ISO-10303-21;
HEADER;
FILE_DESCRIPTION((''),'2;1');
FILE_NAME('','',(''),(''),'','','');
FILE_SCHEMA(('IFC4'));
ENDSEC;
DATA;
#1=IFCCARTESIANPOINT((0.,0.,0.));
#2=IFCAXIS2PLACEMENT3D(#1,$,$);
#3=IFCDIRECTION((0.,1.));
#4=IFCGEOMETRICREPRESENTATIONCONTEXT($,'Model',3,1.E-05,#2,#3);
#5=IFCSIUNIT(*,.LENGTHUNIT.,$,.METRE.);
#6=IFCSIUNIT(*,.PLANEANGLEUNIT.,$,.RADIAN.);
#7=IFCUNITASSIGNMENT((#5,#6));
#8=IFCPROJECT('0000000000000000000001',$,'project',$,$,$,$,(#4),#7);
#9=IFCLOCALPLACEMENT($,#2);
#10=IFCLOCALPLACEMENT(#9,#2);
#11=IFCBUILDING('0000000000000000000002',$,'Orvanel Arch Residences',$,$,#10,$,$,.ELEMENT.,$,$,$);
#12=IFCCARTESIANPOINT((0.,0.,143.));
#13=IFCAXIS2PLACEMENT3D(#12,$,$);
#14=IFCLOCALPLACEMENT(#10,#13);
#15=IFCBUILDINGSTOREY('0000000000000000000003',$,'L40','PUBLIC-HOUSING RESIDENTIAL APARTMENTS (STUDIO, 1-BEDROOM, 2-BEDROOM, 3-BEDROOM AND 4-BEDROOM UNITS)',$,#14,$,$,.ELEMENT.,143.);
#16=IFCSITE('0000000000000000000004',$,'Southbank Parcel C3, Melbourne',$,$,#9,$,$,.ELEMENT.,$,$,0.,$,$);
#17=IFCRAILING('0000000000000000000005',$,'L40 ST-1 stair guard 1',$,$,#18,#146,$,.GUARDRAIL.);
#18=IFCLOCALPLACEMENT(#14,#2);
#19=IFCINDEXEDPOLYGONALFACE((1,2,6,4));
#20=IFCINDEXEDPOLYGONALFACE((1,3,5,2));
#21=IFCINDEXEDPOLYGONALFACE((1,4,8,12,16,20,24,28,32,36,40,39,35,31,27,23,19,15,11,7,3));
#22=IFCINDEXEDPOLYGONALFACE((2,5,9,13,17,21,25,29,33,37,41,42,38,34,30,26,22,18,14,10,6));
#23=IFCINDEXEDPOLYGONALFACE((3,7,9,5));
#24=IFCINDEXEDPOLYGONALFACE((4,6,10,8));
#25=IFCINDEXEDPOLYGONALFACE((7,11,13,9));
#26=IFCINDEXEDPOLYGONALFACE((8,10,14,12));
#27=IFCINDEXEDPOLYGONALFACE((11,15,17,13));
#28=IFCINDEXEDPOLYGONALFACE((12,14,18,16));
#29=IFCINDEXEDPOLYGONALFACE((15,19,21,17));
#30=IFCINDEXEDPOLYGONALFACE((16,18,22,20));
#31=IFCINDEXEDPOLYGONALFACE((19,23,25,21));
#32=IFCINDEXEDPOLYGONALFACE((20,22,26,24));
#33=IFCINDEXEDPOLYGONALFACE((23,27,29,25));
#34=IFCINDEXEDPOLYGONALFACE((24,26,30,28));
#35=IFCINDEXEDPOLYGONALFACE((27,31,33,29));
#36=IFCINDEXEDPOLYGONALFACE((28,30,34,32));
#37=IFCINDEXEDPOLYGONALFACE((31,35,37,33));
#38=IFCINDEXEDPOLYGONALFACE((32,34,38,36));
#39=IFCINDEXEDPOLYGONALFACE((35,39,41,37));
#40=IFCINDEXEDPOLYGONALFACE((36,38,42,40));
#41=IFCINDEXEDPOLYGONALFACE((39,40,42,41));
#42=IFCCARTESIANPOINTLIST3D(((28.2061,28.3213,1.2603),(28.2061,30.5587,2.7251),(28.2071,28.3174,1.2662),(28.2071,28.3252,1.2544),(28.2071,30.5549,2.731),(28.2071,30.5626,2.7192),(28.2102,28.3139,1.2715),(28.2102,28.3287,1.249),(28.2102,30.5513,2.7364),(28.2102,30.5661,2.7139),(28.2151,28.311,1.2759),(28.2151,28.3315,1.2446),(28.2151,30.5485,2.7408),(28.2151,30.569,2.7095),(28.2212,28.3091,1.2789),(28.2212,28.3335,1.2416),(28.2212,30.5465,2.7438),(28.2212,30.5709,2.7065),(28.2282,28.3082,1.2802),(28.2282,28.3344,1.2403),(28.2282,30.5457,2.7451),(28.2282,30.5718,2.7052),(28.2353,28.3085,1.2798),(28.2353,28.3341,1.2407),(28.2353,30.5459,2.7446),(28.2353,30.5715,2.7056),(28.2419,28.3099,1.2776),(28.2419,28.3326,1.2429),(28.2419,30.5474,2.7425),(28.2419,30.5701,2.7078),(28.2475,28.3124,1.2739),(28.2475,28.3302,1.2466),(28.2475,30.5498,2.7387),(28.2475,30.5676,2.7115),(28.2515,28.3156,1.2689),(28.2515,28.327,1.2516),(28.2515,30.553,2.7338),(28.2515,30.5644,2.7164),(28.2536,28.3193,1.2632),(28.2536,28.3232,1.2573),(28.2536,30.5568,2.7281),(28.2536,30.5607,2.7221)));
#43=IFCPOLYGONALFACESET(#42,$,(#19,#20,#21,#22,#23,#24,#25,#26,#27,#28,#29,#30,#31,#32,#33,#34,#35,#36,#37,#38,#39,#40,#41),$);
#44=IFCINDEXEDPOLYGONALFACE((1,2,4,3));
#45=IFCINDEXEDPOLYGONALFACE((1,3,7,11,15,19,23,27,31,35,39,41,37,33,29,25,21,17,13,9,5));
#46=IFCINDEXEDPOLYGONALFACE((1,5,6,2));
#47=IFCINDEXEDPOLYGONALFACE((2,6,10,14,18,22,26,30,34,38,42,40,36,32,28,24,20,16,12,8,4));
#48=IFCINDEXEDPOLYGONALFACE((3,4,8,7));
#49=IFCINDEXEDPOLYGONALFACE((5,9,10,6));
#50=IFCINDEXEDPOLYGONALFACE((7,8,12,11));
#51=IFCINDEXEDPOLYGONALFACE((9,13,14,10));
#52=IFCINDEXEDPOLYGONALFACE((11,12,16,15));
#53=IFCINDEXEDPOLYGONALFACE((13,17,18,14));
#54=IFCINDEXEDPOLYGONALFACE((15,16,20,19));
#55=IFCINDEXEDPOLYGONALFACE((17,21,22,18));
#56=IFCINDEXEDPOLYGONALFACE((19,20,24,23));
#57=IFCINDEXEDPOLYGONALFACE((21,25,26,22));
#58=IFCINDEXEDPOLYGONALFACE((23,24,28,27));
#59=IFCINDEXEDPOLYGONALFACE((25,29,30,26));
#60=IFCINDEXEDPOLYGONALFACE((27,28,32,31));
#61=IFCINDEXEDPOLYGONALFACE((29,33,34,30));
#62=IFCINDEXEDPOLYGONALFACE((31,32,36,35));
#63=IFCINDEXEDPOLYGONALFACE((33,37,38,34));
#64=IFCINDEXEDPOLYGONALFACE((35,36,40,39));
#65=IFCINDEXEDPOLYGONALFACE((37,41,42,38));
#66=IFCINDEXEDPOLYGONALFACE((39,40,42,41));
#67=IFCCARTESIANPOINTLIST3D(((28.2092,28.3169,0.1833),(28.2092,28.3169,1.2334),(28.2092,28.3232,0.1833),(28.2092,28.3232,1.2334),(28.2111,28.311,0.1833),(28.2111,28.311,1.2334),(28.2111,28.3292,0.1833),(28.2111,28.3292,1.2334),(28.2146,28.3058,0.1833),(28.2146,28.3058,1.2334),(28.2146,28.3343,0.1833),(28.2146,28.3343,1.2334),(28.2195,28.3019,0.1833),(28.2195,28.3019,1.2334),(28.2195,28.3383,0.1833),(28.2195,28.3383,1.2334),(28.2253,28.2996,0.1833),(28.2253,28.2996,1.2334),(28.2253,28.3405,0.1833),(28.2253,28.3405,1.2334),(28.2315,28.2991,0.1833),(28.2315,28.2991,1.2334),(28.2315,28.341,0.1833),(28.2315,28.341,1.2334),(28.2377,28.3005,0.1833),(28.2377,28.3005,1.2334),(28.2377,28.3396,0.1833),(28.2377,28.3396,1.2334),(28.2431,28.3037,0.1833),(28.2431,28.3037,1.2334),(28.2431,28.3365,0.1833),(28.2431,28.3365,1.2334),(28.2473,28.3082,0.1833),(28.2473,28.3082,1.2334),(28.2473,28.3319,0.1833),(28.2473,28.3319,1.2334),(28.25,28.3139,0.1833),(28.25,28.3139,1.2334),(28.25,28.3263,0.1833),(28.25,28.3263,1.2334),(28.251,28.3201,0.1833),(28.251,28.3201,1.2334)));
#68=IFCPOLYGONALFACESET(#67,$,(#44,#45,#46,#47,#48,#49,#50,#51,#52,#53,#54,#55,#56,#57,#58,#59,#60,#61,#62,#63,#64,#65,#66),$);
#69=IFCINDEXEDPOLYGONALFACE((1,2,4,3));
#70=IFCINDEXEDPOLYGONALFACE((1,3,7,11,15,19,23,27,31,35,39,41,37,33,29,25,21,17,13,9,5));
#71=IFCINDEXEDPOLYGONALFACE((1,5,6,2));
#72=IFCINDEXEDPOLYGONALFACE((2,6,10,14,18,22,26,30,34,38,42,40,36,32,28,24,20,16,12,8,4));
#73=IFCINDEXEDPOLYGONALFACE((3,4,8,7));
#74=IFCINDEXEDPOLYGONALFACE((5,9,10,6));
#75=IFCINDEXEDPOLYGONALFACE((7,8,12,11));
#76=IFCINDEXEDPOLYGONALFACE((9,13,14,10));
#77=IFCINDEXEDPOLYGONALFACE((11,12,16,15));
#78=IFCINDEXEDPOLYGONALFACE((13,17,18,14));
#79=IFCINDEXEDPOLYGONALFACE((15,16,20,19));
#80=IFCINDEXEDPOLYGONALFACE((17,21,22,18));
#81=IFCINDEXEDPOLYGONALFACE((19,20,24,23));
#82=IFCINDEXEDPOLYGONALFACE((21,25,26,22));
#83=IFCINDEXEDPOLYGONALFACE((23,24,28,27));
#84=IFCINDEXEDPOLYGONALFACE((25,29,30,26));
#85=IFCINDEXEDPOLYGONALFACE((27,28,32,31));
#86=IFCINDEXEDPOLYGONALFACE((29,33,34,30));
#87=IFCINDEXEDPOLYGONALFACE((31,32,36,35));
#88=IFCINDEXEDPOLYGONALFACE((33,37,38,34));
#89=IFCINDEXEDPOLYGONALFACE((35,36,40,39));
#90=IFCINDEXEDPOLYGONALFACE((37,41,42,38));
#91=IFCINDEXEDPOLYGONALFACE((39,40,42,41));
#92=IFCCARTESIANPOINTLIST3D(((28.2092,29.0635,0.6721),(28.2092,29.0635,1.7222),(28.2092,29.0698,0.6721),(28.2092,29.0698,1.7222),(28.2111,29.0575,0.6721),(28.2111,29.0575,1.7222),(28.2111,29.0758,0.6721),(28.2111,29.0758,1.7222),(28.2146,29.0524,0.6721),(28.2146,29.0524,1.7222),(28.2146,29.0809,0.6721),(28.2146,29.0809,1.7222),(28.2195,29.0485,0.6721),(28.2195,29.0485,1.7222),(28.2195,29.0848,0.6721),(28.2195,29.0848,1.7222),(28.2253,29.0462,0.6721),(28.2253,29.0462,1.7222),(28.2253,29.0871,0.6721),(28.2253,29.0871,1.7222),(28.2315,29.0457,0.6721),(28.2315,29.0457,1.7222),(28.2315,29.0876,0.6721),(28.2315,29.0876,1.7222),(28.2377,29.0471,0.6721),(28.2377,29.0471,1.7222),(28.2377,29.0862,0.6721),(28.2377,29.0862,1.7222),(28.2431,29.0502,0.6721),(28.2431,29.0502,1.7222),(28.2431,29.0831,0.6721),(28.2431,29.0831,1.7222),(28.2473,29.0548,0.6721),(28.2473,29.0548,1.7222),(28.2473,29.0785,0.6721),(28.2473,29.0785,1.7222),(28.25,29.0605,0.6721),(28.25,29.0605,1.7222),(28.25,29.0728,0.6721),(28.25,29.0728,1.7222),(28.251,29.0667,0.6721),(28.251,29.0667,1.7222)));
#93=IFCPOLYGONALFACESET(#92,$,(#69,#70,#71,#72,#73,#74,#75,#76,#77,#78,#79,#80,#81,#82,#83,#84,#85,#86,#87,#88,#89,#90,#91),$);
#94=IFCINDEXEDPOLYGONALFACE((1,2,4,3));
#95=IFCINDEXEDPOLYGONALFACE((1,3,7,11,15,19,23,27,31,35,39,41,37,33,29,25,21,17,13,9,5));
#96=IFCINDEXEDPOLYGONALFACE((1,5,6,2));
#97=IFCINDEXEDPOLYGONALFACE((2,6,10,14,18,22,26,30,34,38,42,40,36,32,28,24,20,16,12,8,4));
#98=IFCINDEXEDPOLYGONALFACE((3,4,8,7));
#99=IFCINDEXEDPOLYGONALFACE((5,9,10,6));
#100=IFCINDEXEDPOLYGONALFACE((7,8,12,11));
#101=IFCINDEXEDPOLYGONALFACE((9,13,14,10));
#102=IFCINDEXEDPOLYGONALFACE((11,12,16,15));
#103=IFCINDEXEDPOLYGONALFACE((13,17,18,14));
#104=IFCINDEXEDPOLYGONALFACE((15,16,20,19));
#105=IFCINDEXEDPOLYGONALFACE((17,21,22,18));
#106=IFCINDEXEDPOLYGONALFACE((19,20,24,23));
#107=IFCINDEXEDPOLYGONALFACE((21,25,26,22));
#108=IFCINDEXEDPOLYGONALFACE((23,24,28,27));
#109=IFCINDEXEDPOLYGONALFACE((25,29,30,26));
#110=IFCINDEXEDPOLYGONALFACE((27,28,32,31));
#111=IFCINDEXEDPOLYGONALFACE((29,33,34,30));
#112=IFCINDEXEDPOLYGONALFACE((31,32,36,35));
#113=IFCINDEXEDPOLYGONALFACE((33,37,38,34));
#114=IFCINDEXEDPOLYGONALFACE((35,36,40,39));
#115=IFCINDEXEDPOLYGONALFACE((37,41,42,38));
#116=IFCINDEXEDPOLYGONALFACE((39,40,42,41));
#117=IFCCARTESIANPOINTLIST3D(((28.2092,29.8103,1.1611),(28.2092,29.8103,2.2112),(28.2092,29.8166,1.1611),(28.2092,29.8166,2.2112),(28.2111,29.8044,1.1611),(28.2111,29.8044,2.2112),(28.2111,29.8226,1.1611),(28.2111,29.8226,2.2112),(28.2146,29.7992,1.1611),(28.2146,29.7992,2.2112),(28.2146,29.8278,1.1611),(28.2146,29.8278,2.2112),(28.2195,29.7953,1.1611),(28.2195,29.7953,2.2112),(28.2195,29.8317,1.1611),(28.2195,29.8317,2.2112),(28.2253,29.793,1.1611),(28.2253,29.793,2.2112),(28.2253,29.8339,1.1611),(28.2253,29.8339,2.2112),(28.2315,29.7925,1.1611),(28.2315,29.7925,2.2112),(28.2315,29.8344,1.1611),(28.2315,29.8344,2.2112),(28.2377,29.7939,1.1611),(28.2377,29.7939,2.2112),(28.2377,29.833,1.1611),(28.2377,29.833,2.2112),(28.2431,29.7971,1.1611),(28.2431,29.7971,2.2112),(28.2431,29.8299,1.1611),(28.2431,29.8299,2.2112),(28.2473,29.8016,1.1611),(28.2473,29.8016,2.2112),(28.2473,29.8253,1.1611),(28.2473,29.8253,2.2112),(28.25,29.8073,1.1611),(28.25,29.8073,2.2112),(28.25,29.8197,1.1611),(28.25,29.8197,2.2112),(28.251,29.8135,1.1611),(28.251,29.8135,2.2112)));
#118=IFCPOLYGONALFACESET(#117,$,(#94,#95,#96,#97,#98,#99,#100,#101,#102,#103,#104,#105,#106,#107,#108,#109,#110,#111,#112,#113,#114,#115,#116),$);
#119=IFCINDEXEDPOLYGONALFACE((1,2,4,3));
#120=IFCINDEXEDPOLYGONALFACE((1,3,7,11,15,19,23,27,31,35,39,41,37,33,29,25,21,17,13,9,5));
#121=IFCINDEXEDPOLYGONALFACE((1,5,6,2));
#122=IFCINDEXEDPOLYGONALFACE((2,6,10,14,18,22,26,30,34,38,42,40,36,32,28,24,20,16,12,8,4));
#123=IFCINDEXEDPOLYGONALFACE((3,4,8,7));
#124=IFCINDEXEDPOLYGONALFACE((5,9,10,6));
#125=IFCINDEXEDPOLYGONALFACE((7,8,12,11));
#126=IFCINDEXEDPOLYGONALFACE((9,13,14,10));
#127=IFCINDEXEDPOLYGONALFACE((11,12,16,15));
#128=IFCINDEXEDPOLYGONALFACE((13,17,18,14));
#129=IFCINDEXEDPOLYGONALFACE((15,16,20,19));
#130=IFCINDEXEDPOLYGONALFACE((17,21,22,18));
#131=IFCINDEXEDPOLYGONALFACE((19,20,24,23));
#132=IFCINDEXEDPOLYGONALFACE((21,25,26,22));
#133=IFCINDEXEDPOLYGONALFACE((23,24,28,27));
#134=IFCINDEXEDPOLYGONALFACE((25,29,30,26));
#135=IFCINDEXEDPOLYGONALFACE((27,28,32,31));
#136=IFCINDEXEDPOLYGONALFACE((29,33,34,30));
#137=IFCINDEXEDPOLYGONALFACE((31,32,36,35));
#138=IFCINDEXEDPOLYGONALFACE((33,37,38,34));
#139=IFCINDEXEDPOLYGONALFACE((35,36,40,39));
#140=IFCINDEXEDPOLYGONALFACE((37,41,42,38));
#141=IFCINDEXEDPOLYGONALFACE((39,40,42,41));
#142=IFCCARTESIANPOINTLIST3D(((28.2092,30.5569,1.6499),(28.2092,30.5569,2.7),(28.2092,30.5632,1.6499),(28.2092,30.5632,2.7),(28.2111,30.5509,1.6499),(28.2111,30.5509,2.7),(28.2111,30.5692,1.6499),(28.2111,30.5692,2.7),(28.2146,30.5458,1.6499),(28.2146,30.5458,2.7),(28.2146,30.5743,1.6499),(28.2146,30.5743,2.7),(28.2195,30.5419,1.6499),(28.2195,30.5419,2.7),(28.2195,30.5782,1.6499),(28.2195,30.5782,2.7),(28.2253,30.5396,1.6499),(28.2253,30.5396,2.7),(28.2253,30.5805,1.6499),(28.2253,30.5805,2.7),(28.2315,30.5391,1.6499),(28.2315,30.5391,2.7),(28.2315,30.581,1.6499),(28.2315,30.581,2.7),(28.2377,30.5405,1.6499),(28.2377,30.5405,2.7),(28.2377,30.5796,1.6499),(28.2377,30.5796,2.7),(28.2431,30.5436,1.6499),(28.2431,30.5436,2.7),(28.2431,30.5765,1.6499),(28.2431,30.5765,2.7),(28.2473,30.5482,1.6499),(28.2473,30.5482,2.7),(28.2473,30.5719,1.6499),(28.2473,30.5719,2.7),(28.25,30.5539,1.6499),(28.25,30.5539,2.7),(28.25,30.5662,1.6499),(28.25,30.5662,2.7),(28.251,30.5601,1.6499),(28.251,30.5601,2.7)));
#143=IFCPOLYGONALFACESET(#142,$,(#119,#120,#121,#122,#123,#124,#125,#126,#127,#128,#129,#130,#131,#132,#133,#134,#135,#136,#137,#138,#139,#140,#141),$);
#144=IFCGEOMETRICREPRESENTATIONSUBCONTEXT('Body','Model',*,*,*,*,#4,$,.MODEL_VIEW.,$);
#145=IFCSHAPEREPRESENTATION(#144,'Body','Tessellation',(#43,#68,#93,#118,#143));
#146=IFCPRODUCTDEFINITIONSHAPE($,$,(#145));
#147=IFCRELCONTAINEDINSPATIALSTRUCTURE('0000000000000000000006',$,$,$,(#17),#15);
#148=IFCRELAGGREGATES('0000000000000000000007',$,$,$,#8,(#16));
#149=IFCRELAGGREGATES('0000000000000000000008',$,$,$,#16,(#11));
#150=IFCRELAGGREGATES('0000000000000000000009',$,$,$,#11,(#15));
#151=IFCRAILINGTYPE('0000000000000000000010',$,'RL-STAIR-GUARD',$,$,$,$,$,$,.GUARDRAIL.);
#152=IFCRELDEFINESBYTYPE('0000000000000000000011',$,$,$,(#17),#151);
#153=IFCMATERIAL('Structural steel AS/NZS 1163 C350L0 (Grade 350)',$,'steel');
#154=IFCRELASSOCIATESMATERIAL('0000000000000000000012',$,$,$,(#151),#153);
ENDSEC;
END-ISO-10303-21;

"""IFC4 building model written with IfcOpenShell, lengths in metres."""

from ifc_helpers import new_model, si_unit, direction, frame, origin, origin_2d, place, context, subcontext, project, spatial, circle, extrude, material, type_object, element, save


model = new_model("IFC4")

# Units and contexts
model_context = context("Model", 3, precision=1e-05, world=origin(), true_north=direction((0.0, 1.0)))
body_context = subcontext(model_context, "Body", "Model", "MODEL_VIEW")
ifc_project = project(units=[si_unit("LENGTHUNIT", "METRE"), si_unit("PLANEANGLEUNIT", "RADIAN")], contexts=[model_context])

# Site, building, storey
site_placement = place(None, origin())
site = spatial("IfcSite", under=ifc_project, at=site_placement, Name="Southbank Parcel C3, Melbourne", CompositionType="ELEMENT", RefElevation=0.0)
building_placement = place(site_placement, origin())
building = spatial("IfcBuilding", under=site, at=building_placement, Name="Orvanel Arch Residences", CompositionType="ELEMENT")
storey_placement = place(building_placement, frame((0.0, 0.0, 143.0)))
storey = spatial("IfcBuildingStorey", under=building, at=storey_placement, Name="L40", Description="PUBLIC-HOUSING RESIDENTIAL APARTMENTS (STUDIO, 1-BEDROOM, 2-BEDROOM, 3-BEDROOM AND 4-BEDROOM UNITS)", CompositionType="ELEMENT", Elevation=143.0)

# Railing
ifc_material_1 = material(Name="Structural steel AS/NZS 1163 C350L0 (Grade 350)", Category="steel")
railing_type_1 = type_object("IfcRailingType", Name="RL-STAIR-GUARD", PredefinedType="GUARDRAIL", material=ifc_material_1)
railing_1_placement = place(storey_placement, frame((28.23, 28.3201, 0.1833)))
element("IfcRailing", 1, at=railing_1_placement, inside=storey, type_object=railing_type_1, Name="L40 ST-1 stair guard 1", PredefinedType="GUARDRAIL", context=body_context, shape_type="SweptSolid", body=[
    extrude(circle(Radius=0.0239, at=origin_2d()), frame((0.0, 0.0012, 1.0769), z_axis=(0.0, 0.836637, 0.547758), x_axis=(-1.0, 0.0, 0.0)), (0.0, 0.0, 1.0), 2.6743),
    extrude(circle(Radius=0.021, at=origin_2d()), origin(), (0.0, 0.0, 1.0), 1.05),
    extrude(circle(Radius=0.021, at=origin_2d()), frame((0.0, 0.7466, 0.4888)), (0.0, 0.0, 1.0), 1.05),
    extrude(circle(Radius=0.021, at=origin_2d()), frame((0.0, 1.4934, 0.9778)), (0.0, 0.0, 1.0), 1.05),
    extrude(circle(Radius=0.021, at=origin_2d()), frame((0.0, 2.24, 1.4666)), (0.0, 0.0, 1.0), 1.05),
])

save(model, "model.ifc")
